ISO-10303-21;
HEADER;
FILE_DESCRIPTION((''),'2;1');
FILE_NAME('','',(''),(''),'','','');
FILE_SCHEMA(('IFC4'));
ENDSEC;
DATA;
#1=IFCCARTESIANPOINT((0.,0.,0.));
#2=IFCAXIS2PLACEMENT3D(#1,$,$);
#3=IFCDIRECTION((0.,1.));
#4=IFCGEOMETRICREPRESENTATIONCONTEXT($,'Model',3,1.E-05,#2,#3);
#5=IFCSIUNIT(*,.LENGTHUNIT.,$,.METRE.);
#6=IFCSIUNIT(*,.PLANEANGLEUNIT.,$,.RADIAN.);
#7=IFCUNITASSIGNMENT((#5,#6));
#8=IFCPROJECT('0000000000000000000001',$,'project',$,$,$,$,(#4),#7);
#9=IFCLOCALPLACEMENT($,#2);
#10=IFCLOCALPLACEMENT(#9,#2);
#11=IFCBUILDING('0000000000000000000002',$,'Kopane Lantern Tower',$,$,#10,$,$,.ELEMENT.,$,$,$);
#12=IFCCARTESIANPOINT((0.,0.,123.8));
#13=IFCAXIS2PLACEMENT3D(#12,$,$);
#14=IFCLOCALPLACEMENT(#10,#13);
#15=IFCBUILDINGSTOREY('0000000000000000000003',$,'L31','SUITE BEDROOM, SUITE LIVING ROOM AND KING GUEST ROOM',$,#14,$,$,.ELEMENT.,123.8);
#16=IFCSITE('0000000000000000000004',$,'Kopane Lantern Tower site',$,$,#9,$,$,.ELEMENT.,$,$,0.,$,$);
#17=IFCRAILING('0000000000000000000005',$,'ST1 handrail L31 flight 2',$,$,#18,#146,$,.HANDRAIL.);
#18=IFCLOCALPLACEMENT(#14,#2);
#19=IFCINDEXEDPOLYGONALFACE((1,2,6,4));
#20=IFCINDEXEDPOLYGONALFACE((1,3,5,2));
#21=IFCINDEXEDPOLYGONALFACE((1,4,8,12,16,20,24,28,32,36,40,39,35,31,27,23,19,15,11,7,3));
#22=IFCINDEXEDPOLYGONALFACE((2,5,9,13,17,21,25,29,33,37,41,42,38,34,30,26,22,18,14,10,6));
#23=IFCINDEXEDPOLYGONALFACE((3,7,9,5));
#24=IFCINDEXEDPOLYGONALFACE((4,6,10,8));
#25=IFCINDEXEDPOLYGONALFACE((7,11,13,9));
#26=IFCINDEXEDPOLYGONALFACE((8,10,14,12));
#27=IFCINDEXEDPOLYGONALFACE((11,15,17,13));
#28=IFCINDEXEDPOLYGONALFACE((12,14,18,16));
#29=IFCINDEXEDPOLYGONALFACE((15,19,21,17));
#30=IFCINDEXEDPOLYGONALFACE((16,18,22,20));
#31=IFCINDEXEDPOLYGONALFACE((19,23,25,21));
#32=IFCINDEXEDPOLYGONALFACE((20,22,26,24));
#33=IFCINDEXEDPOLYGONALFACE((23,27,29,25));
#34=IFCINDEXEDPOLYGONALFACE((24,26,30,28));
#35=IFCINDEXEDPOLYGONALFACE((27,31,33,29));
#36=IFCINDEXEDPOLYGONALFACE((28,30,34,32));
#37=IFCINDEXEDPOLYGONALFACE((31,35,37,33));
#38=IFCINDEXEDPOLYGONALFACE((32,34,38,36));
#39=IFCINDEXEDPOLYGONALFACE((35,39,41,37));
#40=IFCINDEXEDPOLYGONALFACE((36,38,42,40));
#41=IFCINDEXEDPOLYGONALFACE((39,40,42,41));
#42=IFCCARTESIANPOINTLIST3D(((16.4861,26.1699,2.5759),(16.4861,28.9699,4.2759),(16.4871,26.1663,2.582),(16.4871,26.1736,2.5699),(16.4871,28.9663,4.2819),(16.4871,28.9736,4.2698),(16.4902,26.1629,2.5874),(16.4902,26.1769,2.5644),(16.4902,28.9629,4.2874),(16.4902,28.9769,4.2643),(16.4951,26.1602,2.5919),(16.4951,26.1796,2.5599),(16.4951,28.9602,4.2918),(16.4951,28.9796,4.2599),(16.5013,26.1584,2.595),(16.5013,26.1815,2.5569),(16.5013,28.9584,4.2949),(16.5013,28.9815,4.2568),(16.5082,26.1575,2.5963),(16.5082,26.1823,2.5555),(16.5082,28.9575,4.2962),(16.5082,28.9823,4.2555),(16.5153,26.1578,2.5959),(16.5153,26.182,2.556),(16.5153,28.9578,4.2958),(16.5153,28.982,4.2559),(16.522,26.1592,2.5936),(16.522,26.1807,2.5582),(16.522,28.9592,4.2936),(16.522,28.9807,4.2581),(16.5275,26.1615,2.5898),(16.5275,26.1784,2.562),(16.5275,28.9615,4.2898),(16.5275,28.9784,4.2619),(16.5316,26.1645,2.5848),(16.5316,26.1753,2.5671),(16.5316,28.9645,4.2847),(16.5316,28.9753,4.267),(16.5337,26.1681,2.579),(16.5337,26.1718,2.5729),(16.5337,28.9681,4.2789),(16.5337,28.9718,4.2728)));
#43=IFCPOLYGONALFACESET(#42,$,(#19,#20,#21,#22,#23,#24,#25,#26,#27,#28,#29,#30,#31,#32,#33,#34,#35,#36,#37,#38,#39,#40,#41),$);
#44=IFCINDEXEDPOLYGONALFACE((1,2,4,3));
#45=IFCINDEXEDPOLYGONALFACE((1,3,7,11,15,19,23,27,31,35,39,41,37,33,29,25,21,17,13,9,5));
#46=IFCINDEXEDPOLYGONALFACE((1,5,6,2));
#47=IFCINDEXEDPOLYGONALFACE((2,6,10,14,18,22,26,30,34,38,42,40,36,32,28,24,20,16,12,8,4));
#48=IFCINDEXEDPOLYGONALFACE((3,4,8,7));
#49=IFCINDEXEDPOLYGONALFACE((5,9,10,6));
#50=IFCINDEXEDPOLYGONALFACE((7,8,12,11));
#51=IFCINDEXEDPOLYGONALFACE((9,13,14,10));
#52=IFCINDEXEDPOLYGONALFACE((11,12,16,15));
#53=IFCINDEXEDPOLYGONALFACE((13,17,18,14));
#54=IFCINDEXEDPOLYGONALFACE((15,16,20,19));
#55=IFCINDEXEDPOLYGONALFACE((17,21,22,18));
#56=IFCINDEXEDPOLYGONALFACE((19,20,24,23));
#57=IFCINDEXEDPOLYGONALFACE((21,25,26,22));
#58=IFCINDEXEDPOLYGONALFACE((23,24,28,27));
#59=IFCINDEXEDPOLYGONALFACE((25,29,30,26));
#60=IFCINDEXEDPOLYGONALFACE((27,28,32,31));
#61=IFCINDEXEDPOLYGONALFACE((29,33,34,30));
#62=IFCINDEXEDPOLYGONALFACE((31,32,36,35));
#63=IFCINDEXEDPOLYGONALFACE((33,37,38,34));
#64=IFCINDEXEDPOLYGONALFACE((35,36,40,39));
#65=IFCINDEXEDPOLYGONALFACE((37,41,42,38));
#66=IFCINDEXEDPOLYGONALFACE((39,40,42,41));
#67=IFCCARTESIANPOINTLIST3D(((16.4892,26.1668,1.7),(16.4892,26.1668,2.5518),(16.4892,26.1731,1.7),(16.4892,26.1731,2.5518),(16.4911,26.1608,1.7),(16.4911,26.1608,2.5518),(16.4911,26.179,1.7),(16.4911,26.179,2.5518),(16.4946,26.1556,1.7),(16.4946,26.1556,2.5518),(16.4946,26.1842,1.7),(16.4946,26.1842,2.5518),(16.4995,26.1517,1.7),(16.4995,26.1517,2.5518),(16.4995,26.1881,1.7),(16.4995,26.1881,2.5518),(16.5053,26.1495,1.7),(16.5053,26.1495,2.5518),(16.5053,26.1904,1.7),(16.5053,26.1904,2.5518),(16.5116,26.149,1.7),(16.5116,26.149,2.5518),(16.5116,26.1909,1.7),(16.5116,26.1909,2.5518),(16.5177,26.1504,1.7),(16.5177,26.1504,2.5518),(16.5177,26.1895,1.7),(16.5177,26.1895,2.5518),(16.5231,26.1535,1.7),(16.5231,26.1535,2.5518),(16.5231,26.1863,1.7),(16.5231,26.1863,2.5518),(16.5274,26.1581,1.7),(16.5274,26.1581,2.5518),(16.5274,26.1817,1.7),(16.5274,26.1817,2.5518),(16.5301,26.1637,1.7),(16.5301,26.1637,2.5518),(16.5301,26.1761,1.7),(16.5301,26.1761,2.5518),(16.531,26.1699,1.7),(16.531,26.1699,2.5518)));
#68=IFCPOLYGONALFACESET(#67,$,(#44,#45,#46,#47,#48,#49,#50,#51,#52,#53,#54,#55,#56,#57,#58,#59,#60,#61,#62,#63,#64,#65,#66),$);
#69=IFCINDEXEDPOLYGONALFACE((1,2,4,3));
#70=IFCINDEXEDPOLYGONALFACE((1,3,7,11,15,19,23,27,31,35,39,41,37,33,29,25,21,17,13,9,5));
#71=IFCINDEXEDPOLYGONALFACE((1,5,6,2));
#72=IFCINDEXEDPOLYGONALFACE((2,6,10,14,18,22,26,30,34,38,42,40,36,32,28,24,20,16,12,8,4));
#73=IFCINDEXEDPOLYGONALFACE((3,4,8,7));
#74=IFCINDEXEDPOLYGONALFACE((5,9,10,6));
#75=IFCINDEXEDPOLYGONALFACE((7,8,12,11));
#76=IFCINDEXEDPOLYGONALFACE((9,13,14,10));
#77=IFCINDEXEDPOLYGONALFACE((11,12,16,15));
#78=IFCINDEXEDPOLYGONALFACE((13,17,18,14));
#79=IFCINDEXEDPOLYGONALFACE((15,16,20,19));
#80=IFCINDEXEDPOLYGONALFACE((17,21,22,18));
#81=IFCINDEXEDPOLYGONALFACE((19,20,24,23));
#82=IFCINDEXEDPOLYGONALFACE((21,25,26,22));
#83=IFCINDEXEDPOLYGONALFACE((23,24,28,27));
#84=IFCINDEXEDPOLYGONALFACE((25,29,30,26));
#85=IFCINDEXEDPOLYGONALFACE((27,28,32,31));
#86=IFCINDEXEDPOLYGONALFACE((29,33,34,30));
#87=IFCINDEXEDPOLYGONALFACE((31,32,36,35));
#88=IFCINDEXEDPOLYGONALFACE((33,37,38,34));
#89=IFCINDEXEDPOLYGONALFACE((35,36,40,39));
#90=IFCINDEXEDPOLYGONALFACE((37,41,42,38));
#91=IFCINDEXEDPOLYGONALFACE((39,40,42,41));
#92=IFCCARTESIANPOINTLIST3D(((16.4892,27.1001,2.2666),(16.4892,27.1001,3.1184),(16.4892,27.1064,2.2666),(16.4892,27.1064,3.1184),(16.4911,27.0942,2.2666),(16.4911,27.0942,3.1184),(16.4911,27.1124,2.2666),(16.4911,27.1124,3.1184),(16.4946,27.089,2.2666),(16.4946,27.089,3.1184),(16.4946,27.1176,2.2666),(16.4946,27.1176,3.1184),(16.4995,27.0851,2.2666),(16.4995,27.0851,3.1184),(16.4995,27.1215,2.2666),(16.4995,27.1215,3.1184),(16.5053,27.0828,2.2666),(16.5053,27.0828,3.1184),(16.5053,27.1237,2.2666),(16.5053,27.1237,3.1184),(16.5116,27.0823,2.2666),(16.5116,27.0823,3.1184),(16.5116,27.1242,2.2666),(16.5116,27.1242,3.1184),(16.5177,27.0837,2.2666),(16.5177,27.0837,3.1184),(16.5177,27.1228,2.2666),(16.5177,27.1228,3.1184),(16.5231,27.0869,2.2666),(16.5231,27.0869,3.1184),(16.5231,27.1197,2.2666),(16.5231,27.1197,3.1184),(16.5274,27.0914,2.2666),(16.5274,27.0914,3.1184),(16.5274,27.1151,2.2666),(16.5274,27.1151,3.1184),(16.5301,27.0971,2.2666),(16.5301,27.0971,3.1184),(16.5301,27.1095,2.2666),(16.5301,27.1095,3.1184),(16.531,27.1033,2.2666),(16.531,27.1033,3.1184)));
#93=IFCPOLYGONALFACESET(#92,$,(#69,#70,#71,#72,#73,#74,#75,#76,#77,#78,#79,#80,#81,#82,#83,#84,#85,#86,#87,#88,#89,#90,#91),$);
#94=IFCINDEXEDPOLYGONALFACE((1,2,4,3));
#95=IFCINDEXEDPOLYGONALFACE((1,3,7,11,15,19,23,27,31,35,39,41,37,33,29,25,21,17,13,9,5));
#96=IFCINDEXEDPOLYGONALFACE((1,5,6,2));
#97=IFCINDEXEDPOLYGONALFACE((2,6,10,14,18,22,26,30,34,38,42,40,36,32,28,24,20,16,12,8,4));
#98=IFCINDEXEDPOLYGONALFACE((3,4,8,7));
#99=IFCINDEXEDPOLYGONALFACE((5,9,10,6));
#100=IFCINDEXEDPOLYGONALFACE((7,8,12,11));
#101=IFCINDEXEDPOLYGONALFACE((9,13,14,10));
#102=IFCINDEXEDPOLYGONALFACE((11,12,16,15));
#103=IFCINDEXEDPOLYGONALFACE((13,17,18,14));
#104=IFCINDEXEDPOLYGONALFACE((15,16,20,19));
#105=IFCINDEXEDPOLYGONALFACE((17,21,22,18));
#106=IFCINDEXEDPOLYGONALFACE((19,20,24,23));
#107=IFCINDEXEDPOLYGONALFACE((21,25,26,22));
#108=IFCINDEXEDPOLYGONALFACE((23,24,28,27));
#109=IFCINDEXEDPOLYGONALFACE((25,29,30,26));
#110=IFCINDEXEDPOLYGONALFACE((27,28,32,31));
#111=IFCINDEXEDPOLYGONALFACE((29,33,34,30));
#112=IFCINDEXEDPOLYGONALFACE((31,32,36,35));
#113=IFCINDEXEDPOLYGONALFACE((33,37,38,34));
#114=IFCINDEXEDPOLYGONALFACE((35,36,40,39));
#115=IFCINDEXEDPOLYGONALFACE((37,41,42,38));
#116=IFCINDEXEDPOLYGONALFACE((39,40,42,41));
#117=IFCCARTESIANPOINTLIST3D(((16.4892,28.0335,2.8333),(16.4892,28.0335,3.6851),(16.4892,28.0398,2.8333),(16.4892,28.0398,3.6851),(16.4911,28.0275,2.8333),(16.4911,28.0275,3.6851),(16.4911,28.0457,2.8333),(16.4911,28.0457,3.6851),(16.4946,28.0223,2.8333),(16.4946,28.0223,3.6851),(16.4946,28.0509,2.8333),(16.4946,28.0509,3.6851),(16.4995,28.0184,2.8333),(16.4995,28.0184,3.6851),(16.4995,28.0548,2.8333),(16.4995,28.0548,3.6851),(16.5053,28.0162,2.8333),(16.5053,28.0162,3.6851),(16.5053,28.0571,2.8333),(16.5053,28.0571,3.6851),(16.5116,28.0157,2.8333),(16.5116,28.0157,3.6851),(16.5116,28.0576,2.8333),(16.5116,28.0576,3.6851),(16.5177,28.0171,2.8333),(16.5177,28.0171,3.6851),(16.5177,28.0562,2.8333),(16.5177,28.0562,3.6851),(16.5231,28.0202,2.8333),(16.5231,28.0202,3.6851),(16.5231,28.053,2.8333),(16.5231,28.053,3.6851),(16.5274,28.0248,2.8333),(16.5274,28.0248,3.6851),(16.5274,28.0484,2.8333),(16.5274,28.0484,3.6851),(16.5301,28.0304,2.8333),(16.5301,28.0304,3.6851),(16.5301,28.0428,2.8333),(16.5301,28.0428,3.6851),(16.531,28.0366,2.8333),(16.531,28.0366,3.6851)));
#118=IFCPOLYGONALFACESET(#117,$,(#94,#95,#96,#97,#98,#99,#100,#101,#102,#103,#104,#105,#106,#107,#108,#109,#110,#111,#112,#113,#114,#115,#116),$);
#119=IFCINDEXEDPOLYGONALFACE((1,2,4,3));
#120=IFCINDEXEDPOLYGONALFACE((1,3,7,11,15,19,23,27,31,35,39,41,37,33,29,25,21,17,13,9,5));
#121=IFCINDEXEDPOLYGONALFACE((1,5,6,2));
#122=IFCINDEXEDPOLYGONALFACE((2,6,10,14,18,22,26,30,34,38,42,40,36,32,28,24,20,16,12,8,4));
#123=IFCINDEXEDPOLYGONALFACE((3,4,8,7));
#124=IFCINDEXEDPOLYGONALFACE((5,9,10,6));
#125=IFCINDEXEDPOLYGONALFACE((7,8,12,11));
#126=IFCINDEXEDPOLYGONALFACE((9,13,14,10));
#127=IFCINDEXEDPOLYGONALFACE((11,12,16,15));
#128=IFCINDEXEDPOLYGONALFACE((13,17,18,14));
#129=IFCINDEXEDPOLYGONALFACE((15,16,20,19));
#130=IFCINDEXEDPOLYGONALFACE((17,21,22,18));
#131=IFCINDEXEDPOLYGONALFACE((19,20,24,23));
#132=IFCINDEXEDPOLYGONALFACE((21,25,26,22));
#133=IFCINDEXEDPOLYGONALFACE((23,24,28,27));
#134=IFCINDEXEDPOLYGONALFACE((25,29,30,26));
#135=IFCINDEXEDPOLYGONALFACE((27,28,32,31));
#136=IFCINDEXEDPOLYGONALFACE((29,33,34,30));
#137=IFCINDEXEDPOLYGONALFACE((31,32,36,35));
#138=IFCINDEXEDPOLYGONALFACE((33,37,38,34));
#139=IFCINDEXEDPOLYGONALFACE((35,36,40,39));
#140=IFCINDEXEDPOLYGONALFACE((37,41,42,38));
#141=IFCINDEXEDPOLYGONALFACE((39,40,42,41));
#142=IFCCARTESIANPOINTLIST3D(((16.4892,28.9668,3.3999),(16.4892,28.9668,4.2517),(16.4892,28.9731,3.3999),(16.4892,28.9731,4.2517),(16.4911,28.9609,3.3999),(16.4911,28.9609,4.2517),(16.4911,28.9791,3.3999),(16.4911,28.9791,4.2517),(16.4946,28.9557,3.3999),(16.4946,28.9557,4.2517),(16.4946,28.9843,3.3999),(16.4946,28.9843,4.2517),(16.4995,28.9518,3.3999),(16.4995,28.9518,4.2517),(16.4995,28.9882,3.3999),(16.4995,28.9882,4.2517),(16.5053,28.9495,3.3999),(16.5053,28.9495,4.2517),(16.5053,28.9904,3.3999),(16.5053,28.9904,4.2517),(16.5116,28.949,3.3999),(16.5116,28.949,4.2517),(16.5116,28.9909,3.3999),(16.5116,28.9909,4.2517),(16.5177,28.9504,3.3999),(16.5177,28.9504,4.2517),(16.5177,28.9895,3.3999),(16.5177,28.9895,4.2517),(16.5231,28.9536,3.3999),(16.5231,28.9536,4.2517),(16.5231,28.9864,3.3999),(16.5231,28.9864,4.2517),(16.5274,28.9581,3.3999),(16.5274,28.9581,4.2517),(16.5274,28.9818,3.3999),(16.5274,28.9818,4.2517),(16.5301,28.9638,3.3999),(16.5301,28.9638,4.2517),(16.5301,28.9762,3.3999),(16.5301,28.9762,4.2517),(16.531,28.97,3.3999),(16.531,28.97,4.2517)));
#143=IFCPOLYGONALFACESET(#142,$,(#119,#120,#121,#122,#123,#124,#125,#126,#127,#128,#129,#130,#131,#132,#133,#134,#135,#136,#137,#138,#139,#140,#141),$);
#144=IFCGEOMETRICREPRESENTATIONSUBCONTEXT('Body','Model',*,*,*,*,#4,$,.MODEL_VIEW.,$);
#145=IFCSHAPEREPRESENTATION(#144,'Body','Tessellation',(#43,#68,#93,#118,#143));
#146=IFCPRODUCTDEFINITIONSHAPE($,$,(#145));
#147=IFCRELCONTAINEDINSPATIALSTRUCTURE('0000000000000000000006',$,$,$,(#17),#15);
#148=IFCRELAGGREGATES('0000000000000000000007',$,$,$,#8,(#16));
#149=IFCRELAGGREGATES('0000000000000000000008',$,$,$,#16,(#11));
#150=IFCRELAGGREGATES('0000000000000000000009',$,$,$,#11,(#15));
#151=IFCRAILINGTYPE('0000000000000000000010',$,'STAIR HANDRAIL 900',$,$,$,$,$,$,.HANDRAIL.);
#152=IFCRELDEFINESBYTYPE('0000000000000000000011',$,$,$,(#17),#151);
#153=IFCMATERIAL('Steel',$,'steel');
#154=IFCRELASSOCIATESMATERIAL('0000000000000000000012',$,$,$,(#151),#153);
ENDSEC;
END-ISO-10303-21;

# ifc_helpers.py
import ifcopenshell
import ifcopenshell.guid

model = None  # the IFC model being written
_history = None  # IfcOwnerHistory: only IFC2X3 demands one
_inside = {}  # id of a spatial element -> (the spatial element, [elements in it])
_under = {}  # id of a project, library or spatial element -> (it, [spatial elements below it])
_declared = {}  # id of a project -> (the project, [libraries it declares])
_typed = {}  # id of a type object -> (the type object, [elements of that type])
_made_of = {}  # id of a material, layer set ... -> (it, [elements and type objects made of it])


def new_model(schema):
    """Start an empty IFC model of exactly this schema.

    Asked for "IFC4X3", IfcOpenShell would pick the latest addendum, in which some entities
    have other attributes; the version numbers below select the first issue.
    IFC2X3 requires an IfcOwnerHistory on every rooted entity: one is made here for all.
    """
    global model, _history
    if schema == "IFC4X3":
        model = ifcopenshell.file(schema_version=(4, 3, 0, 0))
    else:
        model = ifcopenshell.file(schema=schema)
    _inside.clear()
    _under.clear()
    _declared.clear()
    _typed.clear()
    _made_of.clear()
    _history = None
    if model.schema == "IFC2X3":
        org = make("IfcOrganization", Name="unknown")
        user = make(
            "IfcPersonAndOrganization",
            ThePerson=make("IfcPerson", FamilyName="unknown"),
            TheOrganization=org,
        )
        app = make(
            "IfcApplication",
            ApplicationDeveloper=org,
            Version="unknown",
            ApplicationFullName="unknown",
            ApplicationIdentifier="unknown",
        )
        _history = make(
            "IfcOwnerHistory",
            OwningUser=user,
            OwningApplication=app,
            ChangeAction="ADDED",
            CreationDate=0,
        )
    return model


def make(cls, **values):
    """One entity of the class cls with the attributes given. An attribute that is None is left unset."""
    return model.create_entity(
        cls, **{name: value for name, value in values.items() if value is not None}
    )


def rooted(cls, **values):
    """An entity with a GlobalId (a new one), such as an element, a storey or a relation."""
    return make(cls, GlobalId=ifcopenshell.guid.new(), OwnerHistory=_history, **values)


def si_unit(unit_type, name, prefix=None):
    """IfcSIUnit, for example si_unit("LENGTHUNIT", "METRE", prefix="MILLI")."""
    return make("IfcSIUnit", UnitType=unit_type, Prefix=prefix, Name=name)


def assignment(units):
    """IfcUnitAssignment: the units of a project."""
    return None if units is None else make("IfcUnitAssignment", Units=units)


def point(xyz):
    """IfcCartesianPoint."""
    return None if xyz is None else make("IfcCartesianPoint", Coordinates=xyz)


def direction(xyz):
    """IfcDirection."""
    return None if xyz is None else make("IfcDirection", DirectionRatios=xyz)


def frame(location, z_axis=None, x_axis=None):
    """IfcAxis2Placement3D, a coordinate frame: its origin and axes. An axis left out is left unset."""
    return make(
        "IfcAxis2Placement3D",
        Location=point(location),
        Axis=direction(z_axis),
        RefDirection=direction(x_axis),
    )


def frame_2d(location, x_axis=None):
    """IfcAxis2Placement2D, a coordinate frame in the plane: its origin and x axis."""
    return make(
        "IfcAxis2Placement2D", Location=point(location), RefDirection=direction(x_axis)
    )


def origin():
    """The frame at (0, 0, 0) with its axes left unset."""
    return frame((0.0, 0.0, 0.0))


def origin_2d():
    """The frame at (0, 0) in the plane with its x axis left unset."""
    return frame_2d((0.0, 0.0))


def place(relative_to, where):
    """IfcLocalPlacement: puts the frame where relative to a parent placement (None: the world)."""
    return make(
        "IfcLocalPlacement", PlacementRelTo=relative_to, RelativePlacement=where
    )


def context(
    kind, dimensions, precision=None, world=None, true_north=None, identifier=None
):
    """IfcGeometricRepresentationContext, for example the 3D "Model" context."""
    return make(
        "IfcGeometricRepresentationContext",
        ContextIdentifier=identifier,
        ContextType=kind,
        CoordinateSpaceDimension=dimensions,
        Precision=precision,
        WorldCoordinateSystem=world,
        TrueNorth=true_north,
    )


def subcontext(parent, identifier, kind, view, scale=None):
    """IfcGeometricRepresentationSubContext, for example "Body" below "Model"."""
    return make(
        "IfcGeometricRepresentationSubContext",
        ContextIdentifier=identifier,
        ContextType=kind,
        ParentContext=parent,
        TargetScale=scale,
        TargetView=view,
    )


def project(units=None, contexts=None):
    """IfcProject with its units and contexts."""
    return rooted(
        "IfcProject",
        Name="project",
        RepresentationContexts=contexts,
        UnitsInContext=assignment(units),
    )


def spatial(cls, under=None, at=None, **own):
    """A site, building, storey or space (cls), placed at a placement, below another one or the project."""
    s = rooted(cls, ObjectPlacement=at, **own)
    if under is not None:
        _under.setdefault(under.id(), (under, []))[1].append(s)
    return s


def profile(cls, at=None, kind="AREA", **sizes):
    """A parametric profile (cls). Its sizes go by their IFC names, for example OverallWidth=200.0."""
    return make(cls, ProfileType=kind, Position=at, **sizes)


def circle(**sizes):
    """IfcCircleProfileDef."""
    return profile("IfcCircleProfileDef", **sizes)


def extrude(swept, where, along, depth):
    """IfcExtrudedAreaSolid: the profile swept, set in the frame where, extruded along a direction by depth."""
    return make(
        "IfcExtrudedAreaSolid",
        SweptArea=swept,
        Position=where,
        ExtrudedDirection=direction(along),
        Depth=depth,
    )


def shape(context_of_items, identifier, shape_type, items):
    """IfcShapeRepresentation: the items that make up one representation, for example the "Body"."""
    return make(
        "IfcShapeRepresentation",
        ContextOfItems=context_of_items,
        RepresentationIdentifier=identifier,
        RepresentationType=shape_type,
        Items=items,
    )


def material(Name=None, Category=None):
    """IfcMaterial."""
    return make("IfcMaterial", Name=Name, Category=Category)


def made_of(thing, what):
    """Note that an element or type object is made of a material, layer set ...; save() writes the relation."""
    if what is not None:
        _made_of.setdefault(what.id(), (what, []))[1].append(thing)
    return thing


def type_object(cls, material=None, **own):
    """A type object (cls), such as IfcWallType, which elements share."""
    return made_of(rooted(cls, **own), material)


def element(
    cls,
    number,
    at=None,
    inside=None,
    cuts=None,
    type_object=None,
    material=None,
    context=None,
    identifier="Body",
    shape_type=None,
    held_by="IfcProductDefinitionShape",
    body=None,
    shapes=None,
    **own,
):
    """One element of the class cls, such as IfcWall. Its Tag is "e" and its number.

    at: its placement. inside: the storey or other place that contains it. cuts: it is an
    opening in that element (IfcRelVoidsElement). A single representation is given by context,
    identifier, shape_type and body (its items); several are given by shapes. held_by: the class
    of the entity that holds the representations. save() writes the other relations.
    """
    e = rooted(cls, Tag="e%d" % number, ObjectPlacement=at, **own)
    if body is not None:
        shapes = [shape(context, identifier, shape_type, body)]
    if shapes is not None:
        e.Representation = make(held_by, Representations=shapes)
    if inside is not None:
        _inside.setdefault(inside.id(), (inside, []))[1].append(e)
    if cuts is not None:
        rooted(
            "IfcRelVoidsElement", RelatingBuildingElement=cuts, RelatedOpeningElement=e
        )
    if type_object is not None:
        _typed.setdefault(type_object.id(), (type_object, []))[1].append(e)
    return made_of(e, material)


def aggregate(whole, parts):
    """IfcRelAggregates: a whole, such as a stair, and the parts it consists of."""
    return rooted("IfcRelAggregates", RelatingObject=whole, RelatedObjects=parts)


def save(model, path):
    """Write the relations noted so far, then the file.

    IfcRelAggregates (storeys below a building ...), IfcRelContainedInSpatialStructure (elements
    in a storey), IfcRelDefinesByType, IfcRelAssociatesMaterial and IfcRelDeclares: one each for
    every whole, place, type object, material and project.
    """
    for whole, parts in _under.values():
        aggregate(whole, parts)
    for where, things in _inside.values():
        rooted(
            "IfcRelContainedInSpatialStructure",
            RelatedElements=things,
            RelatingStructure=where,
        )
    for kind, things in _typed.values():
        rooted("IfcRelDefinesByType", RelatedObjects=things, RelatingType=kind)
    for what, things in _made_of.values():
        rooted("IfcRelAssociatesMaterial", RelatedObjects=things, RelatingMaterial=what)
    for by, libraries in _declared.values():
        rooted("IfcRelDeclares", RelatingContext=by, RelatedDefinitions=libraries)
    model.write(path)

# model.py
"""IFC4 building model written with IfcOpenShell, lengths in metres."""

from ifc_helpers import new_model, si_unit, direction, frame, origin, origin_2d, place, context, subcontext, project, spatial, circle, extrude, material, type_object, element, save


model = new_model("IFC4")

# Units and contexts
model_context = context("Model", 3, precision=1e-05, world=origin(), true_north=direction((0.0, 1.0)))
body_context = subcontext(model_context, "Body", "Model", "MODEL_VIEW")
ifc_project = project(units=[si_unit("LENGTHUNIT", "METRE"), si_unit("PLANEANGLEUNIT", "RADIAN")], contexts=[model_context])

# Site, building, storey
site_placement = place(None, origin())
site = spatial("IfcSite", under=ifc_project, at=site_placement, Name="Kopane Lantern Tower site", CompositionType="ELEMENT", RefElevation=0.0)
building_placement = place(site_placement, origin())
building = spatial("IfcBuilding", under=site, at=building_placement, Name="Kopane Lantern Tower", CompositionType="ELEMENT")
storey_placement = place(building_placement, frame((0.0, 0.0, 123.8)))
storey = spatial("IfcBuildingStorey", under=building, at=storey_placement, Name="L31", Description="SUITE BEDROOM, SUITE LIVING ROOM AND KING GUEST ROOM", CompositionType="ELEMENT", Elevation=123.8)

# Railing
ifc_material_1 = material(Name="Steel", Category="steel")
railing_type_1 = type_object("IfcRailingType", Name="STAIR HANDRAIL 900", PredefinedType="HANDRAIL", material=ifc_material_1)
for number, where, name in (
    (1, (16.51, 26.1699, 1.7), "ST1 handrail L31 flight 2"),
):
    element("IfcRailing", number, at=place(storey_placement, frame(where)), inside=storey, type_object=railing_type_1, Name=name, PredefinedType="HANDRAIL", context=body_context, shape_type="SweptSolid", body=[
        extrude(circle(Radius=0.0239, at=origin_2d()), frame((0.0, 0.0, 0.876), z_axis=(0.0, 0.854798, 0.518961), x_axis=(-1.0, 0.0, 0.0)), (0.0, 0.0, 1.0), 3.2756),
        extrude(circle(Radius=0.021, at=origin_2d()), origin(), (0.0, 0.0, 1.0), 0.8518),
        extrude(circle(Radius=0.021, at=origin_2d()), frame((0.0, 0.9333, 0.5667)), (0.0, 0.0, 1.0), 0.8518),
        extrude(circle(Radius=0.021, at=origin_2d()), frame((0.0, 1.8667, 1.1333)), (0.0, 0.0, 1.0), 0.8518),
        extrude(circle(Radius=0.021, at=origin_2d()), frame((0.0, 2.8, 1.7)), (0.0, 0.0, 1.0), 0.8518),
    ])

save(model, "model.ifc")
